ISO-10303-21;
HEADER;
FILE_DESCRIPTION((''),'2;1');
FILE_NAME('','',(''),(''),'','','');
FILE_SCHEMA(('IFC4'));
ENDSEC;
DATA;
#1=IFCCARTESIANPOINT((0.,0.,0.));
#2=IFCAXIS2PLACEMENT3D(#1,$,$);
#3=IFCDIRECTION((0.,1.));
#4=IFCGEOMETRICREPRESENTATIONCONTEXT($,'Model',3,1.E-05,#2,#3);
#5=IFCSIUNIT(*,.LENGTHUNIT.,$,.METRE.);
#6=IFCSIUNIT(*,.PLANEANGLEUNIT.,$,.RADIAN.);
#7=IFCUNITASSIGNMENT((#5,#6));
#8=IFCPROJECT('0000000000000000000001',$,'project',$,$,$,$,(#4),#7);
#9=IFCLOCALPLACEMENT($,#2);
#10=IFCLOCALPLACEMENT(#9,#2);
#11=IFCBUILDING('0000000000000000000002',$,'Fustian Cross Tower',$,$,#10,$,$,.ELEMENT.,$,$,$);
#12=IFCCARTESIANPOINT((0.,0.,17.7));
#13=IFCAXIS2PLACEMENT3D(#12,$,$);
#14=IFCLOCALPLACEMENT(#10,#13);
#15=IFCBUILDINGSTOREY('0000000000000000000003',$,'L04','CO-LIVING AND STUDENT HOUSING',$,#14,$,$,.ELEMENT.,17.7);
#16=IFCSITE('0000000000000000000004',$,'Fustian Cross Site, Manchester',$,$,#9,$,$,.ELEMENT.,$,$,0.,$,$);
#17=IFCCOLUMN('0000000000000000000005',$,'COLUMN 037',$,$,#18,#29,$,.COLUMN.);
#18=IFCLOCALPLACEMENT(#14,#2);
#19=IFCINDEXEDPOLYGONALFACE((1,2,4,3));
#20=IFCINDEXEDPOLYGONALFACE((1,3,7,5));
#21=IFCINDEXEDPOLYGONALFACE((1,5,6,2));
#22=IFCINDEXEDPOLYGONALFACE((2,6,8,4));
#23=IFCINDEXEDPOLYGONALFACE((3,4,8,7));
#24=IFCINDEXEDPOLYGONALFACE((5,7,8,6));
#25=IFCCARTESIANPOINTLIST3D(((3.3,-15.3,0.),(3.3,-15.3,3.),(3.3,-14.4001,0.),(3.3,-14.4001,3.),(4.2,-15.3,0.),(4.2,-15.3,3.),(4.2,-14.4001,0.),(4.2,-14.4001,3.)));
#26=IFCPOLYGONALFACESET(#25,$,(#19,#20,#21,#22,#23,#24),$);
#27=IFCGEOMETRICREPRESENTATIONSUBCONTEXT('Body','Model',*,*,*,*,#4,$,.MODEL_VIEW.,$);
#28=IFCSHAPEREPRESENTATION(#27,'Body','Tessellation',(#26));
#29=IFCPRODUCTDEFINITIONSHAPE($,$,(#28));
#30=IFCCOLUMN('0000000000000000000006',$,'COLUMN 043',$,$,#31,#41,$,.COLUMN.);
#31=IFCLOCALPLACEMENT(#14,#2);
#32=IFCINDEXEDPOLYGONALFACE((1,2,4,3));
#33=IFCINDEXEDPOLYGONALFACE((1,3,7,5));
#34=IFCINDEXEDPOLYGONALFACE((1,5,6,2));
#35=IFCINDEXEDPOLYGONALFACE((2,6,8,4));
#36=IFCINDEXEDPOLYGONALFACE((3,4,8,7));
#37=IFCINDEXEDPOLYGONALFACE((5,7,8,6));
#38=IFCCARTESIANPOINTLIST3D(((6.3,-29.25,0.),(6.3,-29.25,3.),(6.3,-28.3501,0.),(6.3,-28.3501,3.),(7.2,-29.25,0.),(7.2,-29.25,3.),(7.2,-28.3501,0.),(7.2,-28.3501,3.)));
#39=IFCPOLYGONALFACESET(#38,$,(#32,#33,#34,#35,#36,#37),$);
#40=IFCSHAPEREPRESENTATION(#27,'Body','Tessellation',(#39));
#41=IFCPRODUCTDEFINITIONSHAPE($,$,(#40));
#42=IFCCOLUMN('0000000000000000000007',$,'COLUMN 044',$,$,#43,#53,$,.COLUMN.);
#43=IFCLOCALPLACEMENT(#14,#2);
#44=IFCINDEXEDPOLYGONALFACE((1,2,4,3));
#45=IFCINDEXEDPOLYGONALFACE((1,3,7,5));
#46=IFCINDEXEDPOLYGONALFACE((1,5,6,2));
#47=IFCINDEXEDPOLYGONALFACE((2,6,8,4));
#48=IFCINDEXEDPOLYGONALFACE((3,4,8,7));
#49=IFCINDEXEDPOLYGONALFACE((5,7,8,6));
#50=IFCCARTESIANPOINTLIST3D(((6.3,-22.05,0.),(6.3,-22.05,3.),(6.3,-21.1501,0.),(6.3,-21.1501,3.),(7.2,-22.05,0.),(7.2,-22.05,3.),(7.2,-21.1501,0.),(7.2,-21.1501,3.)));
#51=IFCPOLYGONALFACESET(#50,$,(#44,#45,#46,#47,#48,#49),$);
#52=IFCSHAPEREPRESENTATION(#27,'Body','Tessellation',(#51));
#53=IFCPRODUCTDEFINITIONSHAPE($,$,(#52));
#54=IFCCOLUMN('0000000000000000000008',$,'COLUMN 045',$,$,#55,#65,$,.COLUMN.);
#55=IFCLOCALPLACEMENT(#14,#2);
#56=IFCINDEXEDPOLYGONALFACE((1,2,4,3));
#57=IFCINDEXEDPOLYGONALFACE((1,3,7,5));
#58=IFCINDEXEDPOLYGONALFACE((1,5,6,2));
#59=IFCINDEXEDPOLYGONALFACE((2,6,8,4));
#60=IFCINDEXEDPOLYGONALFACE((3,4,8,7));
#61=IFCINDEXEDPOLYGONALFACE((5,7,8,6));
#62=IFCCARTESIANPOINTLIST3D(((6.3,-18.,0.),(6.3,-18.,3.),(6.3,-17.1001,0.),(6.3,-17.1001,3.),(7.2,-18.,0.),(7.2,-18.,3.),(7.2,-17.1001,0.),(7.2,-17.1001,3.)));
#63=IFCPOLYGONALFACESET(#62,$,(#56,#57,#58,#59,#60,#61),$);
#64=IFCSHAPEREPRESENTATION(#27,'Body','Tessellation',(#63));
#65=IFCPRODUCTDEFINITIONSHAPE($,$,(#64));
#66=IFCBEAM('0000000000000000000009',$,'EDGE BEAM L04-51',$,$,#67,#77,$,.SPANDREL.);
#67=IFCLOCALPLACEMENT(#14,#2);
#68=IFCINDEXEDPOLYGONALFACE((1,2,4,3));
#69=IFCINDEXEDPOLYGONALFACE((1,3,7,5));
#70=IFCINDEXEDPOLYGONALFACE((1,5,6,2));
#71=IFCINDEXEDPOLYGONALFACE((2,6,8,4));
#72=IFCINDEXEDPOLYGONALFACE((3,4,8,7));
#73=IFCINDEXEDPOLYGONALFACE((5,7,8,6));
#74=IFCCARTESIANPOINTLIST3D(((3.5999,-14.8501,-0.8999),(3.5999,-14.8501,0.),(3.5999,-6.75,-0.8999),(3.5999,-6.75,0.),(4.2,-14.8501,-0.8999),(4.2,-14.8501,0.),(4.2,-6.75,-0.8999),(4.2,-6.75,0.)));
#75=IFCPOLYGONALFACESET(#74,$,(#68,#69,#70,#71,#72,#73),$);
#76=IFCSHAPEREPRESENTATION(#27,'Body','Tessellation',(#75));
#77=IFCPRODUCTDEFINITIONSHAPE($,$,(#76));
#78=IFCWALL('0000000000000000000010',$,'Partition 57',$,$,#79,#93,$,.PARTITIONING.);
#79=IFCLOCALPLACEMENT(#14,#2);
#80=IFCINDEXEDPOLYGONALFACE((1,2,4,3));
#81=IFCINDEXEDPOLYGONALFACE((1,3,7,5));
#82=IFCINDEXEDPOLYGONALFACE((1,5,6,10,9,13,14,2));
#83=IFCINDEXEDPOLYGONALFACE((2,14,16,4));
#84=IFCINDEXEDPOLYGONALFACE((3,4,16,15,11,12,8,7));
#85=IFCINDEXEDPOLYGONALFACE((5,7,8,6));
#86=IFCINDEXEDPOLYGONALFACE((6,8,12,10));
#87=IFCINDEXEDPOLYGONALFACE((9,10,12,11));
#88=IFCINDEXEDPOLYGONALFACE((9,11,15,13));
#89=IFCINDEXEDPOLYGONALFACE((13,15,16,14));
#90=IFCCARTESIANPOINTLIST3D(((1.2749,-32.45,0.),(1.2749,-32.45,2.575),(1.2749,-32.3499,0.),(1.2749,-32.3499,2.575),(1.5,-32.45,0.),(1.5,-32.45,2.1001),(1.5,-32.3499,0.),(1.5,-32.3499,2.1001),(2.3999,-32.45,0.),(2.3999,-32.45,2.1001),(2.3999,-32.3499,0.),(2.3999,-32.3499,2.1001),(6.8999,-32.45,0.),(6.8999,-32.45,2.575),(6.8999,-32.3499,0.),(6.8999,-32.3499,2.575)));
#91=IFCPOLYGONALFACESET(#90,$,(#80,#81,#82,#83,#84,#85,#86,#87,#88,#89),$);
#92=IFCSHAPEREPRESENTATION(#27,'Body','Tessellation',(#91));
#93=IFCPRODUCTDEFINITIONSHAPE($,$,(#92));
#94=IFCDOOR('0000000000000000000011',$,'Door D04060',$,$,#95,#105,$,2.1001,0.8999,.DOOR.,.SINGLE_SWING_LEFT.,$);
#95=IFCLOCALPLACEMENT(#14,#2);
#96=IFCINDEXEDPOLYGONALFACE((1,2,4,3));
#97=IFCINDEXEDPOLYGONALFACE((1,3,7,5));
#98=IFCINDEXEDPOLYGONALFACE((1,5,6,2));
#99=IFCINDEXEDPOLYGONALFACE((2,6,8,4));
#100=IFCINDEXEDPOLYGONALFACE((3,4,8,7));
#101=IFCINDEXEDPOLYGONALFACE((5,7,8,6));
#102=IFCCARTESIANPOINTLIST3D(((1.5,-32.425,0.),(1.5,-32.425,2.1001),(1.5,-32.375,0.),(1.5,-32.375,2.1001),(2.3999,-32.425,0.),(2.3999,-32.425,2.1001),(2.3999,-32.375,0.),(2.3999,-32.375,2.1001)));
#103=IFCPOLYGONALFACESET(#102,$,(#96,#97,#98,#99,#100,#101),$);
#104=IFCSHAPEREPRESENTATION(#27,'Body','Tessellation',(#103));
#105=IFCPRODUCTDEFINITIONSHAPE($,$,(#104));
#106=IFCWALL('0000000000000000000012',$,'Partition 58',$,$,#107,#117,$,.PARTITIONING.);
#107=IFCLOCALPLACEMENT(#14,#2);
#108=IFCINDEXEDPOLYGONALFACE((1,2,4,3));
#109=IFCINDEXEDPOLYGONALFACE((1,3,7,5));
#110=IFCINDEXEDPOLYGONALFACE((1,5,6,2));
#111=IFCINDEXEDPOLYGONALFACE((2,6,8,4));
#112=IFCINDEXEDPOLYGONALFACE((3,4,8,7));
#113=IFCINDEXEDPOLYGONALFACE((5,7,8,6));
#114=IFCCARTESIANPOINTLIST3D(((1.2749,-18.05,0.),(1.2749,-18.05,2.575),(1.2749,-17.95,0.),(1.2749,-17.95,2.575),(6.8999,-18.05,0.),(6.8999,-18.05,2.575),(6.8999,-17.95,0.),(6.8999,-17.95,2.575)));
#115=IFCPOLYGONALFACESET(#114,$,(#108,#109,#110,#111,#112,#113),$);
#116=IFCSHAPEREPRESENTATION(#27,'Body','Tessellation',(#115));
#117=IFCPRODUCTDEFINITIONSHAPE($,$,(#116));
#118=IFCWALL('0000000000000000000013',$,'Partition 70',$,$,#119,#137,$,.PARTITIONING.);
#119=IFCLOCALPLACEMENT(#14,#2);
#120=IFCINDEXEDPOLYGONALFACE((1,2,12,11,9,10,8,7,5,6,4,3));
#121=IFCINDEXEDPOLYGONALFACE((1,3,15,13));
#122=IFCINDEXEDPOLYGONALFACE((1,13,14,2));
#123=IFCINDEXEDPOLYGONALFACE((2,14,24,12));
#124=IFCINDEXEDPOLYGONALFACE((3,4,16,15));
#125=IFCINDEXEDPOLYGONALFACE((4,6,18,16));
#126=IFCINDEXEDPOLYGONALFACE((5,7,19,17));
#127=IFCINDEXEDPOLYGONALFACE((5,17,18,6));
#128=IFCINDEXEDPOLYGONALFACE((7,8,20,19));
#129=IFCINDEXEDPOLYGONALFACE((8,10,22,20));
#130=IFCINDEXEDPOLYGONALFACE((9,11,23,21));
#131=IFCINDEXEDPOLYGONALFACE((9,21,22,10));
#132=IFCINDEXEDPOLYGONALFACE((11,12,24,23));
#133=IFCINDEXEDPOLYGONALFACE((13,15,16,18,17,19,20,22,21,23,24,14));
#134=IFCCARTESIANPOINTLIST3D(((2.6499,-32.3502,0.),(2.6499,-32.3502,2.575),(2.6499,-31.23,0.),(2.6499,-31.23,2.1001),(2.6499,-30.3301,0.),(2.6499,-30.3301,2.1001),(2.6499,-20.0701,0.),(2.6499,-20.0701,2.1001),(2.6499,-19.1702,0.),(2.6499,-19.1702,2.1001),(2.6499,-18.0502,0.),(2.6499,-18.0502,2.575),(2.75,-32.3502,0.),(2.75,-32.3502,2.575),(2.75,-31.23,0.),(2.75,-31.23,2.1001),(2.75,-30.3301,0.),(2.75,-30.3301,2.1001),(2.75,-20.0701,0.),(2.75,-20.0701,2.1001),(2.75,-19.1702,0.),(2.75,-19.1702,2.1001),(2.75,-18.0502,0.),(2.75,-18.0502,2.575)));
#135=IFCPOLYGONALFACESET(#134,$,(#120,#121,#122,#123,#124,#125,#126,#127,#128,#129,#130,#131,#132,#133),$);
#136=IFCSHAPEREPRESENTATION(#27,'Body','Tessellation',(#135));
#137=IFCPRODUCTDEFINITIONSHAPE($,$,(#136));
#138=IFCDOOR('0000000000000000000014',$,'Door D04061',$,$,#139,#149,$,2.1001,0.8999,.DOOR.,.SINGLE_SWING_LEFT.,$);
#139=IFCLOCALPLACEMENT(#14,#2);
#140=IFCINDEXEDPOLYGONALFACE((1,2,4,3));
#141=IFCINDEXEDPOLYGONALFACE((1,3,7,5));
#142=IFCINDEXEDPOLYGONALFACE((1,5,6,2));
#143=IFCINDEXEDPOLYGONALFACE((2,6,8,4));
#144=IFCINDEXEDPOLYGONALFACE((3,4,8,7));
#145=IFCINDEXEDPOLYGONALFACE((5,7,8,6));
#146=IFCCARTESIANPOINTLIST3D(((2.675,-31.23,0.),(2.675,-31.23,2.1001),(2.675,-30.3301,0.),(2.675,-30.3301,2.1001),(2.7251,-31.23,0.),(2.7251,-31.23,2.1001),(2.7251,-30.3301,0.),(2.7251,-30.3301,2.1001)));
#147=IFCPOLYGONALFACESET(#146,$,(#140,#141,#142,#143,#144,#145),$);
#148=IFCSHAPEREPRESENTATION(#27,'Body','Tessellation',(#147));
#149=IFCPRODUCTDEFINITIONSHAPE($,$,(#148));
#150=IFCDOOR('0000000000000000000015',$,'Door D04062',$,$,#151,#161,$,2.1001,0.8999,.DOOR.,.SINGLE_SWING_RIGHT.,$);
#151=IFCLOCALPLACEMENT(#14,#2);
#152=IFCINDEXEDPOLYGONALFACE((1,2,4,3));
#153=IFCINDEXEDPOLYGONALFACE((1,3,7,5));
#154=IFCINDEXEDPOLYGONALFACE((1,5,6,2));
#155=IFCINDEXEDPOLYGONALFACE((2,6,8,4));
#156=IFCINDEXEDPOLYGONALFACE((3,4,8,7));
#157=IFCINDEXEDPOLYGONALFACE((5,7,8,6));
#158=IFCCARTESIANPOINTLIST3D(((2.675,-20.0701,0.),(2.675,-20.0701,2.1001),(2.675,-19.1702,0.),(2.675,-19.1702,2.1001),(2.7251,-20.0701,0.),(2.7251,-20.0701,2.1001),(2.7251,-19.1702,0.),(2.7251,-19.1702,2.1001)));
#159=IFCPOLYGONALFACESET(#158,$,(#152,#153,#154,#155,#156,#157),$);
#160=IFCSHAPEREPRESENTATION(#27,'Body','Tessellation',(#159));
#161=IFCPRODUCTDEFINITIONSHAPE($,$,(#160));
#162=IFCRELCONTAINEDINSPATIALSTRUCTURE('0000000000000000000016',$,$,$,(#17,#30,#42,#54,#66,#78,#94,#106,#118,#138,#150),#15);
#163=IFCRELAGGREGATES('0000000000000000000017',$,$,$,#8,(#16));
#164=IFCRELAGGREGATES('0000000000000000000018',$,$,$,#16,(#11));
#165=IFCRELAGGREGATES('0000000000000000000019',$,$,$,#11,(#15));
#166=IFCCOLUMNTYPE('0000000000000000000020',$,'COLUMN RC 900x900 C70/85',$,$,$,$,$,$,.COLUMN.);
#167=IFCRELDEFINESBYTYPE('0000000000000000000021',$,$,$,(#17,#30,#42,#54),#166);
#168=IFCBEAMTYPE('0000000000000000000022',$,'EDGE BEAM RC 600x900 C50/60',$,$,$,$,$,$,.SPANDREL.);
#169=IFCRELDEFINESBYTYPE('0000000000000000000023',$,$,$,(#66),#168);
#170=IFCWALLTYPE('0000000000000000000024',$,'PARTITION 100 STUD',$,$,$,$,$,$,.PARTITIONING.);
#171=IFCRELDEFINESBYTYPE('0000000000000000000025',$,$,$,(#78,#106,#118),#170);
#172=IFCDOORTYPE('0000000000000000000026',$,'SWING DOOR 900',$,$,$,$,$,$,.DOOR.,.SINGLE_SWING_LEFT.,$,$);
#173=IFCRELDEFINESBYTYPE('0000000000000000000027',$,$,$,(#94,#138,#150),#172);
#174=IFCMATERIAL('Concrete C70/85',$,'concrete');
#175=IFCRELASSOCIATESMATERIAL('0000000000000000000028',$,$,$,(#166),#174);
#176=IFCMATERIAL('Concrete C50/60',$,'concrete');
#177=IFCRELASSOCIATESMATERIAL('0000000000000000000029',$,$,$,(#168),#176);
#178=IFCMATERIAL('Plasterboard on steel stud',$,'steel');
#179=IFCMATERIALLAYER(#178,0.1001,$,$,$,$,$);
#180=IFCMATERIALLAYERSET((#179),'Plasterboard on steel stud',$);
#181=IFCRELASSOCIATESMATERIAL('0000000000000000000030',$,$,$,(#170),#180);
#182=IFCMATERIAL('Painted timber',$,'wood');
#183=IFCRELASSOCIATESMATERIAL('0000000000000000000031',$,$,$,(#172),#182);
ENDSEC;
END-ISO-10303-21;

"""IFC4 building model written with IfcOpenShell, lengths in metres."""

from ifc_helpers import new_model, si_unit, direction, frame, frame_2d, origin, origin_2d, place, context, subcontext, project, spatial, rectangle, extrude, material, layer, layer_set, material_profile, profile_set, type_object, element, fill, save


model = new_model("IFC4")

# Units and contexts
model_context = context("Model", 3, precision=1e-05, world=origin(), true_north=direction((0.0, 1.0)))
body_context = subcontext(model_context, "Body", "Model", "MODEL_VIEW")
ifc_project = project(units=[si_unit("LENGTHUNIT", "METRE"), si_unit("PLANEANGLEUNIT", "RADIAN")], contexts=[model_context])

# Site, building, storey
site_placement = place(None, origin())
site = spatial("IfcSite", under=ifc_project, at=site_placement, Name="Fustian Cross Site, Manchester", CompositionType="ELEMENT", RefElevation=0.0)
building_placement = place(site_placement, origin())
building = spatial("IfcBuilding", under=site, at=building_placement, Name="Fustian Cross Tower", CompositionType="ELEMENT")
storey_placement = place(building_placement, frame((0.0, 0.0, 17.7)))
storey = spatial("IfcBuildingStorey", under=building, at=storey_placement, Name="L04", Description="CO-LIVING AND STUDENT HOUSING", CompositionType="ELEMENT", Elevation=17.7)

# Columns
ifc_material_1 = material(Name="Concrete C70/85", Category="concrete")
ifc_material_profile_1 = material_profile(ifc_material_1, rectangle(XDim=0.8999, YDim=0.8999, at=origin_2d()), Name="RC 900x900")
ifc_profile_set_1 = profile_set([ifc_material_profile_1], Name="Concrete C70/85")
column_type = type_object("IfcColumnType", Name="COLUMN RC 900x900 C70/85", PredefinedType="COLUMN", material=ifc_profile_set_1)
for number, where, z_axis, x_axis, name in (
    (1, (3.75, -14.8501, 0.0), (0.0, 0.0, 1.0), (1.0, 0.0, 0.0), "COLUMN 037"),
    (2, (6.75, -28.8, 0.0), (0.0, 0.0, 1.0), (1.0, 0.0, 0.0), "COLUMN 043"),
    (3, (6.75, -21.6001, 0.0), (0.0, 0.0, 1.0), (1.0, 0.0, 0.0), "COLUMN 044"),
    (4, (6.75, -17.55, 0.0), (0.0, 0.0, 1.0), (1.0, 0.0, 0.0), "COLUMN 045"),
):
    element("IfcColumn", number, at=place(storey_placement, frame(where, z_axis=z_axis, x_axis=x_axis)), inside=storey, type_object=column_type, Name=name, PredefinedType="COLUMN", context=body_context, shape_type="SweptSolid", body=[
        extrude(rectangle(XDim=0.8999, YDim=0.8999, at=origin_2d()), origin(), (0.0, 0.0, 1.0), 3.0),
    ])

# Beam
ifc_material_2 = material(Name="Concrete C50/60", Category="concrete")
ifc_material_profile_2 = material_profile(ifc_material_2, rectangle(XDim=0.6001, YDim=0.8999, at=origin_2d()), Name="RC 600x900")
ifc_profile_set_2 = profile_set([ifc_material_profile_2], Name="Concrete C50/60")
beam_type = type_object("IfcBeamType", Name="EDGE BEAM RC 600x900 C50/60", PredefinedType="SPANDREL", material=ifc_profile_set_2)
beam_placement = place(storey_placement, frame((3.8999, -14.8501, -0.45), z_axis=(0.0, 1.0, 0.0), x_axis=(-1.0, 0.0, 0.0)))
element("IfcBeam", 5, at=beam_placement, inside=storey, type_object=beam_type, Name="EDGE BEAM L04-51", PredefinedType="SPANDREL", context=body_context, shape_type="SweptSolid", body=[
    extrude(rectangle(XDim=0.6001, YDim=0.8999, at=origin_2d()), origin(), (0.0, 0.0, 1.0), 8.1001),
])

# Wall, opening, door
ifc_material_3 = material(Name="Plasterboard on steel stud", Category="steel")
ifc_layer = layer(ifc_material_3, 0.1001)
ifc_layer_set = layer_set([ifc_layer], Name="Plasterboard on steel stud")
wall_type = type_object("IfcWallType", Name="PARTITION 100 STUD", PredefinedType="PARTITIONING", material=ifc_layer_set)
wall_1_placement = place(storey_placement, frame((1.2749, -32.3999, 0.0), z_axis=(0.0, 0.0, 1.0), x_axis=(1.0, 0.0, 0.0)))
wall_1 = element("IfcWall", 6, at=wall_1_placement, inside=storey, type_object=wall_type, Name="Partition 57", PredefinedType="PARTITIONING", context=body_context, shape_type="SweptSolid", body=[
    extrude(rectangle(XDim=5.625, YDim=0.1001, at=frame_2d((2.8125, 0.0))), origin(), (0.0, 0.0, 1.0), 2.575),
])
opening_1_placement = place(wall_1_placement, frame((0.2251, 0.0, 0.0)))
opening_1 = element("IfcOpeningElement", 7, at=opening_1_placement, cuts=wall_1, PredefinedType="OPENING", context=body_context, shape_type="SweptSolid", body=[
    extrude(rectangle(XDim=0.8999, YDim=2.1001, at=frame_2d((0.45, 1.05))), frame((0.0, 0.0601, 0.0), z_axis=(0.0, -1.0, 0.0), x_axis=(1.0, 0.0, 0.0)), (0.0, 0.0, 1.0), 0.1201),
])
ifc_material_4 = material(Name="Painted timber", Category="wood")
door_type_1 = type_object("IfcDoorType", Name="SWING DOOR 900", OperationType="SINGLE_SWING_LEFT", PredefinedType="DOOR", material=ifc_material_4)
door_1_placement = place(opening_1_placement, origin())
door_1 = element("IfcDoor", 8, at=door_1_placement, inside=storey, type_object=door_type_1, Name="Door D04060", OperationType="SINGLE_SWING_LEFT", OverallHeight=2.1001, OverallWidth=0.8999, PredefinedType="DOOR", context=body_context, shape_type="SweptSolid", body=[
    extrude(rectangle(XDim=0.8999, YDim=2.1001, at=frame_2d((0.45, 1.05))), frame((0.0, 0.0249, 0.0), z_axis=(0.0, -1.0, 0.0), x_axis=(1.0, 0.0, 0.0)), (0.0, 0.0, 1.0), 0.05),
])
fill(opening_1, door_1)

# Wall
wall_2_placement = place(storey_placement, frame((1.2749, -18.0, 0.0), z_axis=(0.0, 0.0, 1.0), x_axis=(1.0, 0.0, 0.0)))
element("IfcWall", 9, at=wall_2_placement, inside=storey, type_object=wall_type, Name="Partition 58", PredefinedType="PARTITIONING", context=body_context, shape_type="SweptSolid", body=[
    extrude(rectangle(XDim=5.625, YDim=0.1001, at=frame_2d((2.8125, 0.0))), origin(), (0.0, 0.0, 1.0), 2.575),
])

# Wall, openings, doors
wall_3_placement = place(storey_placement, frame((2.7, -32.3501, 0.0), z_axis=(0.0, 0.0, 1.0), x_axis=(0.0, 1.0, 0.0)))
wall_3 = element("IfcWall", 10, at=wall_3_placement, inside=storey, type_object=wall_type, Name="Partition 70", PredefinedType="PARTITIONING", context=body_context, shape_type="SweptSolid", body=[
    extrude(rectangle(XDim=14.3, YDim=0.1001, at=frame_2d((7.1499, 0.0))), origin(), (0.0, 0.0, 1.0), 2.575),
])
opening_2_placement = place(wall_3_placement, frame((1.1201, 0.0, 0.0)))
opening_2 = element("IfcOpeningElement", 11, at=opening_2_placement, cuts=wall_3, PredefinedType="OPENING", context=body_context, shape_type="SweptSolid", body=[
    extrude(rectangle(XDim=0.8999, YDim=2.1001, at=frame_2d((0.45, 1.05))), frame((0.0, 0.0601, 0.0), z_axis=(0.0, -1.0, 0.0), x_axis=(1.0, 0.0, 0.0)), (0.0, 0.0, 1.0), 0.1201),
])
opening_3_placement = place(wall_3_placement, frame((12.28, 0.0, 0.0)))
opening_3 = element("IfcOpeningElement", 12, at=opening_3_placement, cuts=wall_3, PredefinedType="OPENING", context=body_context, shape_type="SweptSolid", body=[
    extrude(rectangle(XDim=0.8999, YDim=2.1001, at=frame_2d((0.45, 1.05))), frame((0.0, 0.0601, 0.0), z_axis=(0.0, -1.0, 0.0), x_axis=(1.0, 0.0, 0.0)), (0.0, 0.0, 1.0), 0.1201),
])
door_2_placement = place(opening_2_placement, origin())
door_2 = element("IfcDoor", 13, at=door_2_placement, inside=storey, type_object=door_type_1, Name="Door D04061", OperationType="SINGLE_SWING_LEFT", OverallHeight=2.1001, OverallWidth=0.8999, PredefinedType="DOOR", context=body_context, shape_type="SweptSolid", body=[
    extrude(rectangle(XDim=0.8999, YDim=2.1001, at=frame_2d((0.45, 1.05))), frame((0.0, 0.0249, 0.0), z_axis=(0.0, -1.0, 0.0), x_axis=(1.0, 0.0, 0.0)), (0.0, 0.0, 1.0), 0.05),
])
fill(opening_2, door_2)
door_3_placement = place(opening_3_placement, origin())
door_3 = element("IfcDoor", 14, at=door_3_placement, inside=storey, type_object=door_type_1, Name="Door D04062", OperationType="SINGLE_SWING_RIGHT", OverallHeight=2.1001, OverallWidth=0.8999, PredefinedType="DOOR", context=body_context, shape_type="SweptSolid", body=[
    extrude(rectangle(XDim=0.8999, YDim=2.1001, at=frame_2d((0.45, 1.05))), frame((0.0, 0.0249, 0.0), z_axis=(0.0, -1.0, 0.0), x_axis=(1.0, 0.0, 0.0)), (0.0, 0.0, 1.0), 0.05),
])
fill(opening_3, door_3)

save(model, "model.ifc")
